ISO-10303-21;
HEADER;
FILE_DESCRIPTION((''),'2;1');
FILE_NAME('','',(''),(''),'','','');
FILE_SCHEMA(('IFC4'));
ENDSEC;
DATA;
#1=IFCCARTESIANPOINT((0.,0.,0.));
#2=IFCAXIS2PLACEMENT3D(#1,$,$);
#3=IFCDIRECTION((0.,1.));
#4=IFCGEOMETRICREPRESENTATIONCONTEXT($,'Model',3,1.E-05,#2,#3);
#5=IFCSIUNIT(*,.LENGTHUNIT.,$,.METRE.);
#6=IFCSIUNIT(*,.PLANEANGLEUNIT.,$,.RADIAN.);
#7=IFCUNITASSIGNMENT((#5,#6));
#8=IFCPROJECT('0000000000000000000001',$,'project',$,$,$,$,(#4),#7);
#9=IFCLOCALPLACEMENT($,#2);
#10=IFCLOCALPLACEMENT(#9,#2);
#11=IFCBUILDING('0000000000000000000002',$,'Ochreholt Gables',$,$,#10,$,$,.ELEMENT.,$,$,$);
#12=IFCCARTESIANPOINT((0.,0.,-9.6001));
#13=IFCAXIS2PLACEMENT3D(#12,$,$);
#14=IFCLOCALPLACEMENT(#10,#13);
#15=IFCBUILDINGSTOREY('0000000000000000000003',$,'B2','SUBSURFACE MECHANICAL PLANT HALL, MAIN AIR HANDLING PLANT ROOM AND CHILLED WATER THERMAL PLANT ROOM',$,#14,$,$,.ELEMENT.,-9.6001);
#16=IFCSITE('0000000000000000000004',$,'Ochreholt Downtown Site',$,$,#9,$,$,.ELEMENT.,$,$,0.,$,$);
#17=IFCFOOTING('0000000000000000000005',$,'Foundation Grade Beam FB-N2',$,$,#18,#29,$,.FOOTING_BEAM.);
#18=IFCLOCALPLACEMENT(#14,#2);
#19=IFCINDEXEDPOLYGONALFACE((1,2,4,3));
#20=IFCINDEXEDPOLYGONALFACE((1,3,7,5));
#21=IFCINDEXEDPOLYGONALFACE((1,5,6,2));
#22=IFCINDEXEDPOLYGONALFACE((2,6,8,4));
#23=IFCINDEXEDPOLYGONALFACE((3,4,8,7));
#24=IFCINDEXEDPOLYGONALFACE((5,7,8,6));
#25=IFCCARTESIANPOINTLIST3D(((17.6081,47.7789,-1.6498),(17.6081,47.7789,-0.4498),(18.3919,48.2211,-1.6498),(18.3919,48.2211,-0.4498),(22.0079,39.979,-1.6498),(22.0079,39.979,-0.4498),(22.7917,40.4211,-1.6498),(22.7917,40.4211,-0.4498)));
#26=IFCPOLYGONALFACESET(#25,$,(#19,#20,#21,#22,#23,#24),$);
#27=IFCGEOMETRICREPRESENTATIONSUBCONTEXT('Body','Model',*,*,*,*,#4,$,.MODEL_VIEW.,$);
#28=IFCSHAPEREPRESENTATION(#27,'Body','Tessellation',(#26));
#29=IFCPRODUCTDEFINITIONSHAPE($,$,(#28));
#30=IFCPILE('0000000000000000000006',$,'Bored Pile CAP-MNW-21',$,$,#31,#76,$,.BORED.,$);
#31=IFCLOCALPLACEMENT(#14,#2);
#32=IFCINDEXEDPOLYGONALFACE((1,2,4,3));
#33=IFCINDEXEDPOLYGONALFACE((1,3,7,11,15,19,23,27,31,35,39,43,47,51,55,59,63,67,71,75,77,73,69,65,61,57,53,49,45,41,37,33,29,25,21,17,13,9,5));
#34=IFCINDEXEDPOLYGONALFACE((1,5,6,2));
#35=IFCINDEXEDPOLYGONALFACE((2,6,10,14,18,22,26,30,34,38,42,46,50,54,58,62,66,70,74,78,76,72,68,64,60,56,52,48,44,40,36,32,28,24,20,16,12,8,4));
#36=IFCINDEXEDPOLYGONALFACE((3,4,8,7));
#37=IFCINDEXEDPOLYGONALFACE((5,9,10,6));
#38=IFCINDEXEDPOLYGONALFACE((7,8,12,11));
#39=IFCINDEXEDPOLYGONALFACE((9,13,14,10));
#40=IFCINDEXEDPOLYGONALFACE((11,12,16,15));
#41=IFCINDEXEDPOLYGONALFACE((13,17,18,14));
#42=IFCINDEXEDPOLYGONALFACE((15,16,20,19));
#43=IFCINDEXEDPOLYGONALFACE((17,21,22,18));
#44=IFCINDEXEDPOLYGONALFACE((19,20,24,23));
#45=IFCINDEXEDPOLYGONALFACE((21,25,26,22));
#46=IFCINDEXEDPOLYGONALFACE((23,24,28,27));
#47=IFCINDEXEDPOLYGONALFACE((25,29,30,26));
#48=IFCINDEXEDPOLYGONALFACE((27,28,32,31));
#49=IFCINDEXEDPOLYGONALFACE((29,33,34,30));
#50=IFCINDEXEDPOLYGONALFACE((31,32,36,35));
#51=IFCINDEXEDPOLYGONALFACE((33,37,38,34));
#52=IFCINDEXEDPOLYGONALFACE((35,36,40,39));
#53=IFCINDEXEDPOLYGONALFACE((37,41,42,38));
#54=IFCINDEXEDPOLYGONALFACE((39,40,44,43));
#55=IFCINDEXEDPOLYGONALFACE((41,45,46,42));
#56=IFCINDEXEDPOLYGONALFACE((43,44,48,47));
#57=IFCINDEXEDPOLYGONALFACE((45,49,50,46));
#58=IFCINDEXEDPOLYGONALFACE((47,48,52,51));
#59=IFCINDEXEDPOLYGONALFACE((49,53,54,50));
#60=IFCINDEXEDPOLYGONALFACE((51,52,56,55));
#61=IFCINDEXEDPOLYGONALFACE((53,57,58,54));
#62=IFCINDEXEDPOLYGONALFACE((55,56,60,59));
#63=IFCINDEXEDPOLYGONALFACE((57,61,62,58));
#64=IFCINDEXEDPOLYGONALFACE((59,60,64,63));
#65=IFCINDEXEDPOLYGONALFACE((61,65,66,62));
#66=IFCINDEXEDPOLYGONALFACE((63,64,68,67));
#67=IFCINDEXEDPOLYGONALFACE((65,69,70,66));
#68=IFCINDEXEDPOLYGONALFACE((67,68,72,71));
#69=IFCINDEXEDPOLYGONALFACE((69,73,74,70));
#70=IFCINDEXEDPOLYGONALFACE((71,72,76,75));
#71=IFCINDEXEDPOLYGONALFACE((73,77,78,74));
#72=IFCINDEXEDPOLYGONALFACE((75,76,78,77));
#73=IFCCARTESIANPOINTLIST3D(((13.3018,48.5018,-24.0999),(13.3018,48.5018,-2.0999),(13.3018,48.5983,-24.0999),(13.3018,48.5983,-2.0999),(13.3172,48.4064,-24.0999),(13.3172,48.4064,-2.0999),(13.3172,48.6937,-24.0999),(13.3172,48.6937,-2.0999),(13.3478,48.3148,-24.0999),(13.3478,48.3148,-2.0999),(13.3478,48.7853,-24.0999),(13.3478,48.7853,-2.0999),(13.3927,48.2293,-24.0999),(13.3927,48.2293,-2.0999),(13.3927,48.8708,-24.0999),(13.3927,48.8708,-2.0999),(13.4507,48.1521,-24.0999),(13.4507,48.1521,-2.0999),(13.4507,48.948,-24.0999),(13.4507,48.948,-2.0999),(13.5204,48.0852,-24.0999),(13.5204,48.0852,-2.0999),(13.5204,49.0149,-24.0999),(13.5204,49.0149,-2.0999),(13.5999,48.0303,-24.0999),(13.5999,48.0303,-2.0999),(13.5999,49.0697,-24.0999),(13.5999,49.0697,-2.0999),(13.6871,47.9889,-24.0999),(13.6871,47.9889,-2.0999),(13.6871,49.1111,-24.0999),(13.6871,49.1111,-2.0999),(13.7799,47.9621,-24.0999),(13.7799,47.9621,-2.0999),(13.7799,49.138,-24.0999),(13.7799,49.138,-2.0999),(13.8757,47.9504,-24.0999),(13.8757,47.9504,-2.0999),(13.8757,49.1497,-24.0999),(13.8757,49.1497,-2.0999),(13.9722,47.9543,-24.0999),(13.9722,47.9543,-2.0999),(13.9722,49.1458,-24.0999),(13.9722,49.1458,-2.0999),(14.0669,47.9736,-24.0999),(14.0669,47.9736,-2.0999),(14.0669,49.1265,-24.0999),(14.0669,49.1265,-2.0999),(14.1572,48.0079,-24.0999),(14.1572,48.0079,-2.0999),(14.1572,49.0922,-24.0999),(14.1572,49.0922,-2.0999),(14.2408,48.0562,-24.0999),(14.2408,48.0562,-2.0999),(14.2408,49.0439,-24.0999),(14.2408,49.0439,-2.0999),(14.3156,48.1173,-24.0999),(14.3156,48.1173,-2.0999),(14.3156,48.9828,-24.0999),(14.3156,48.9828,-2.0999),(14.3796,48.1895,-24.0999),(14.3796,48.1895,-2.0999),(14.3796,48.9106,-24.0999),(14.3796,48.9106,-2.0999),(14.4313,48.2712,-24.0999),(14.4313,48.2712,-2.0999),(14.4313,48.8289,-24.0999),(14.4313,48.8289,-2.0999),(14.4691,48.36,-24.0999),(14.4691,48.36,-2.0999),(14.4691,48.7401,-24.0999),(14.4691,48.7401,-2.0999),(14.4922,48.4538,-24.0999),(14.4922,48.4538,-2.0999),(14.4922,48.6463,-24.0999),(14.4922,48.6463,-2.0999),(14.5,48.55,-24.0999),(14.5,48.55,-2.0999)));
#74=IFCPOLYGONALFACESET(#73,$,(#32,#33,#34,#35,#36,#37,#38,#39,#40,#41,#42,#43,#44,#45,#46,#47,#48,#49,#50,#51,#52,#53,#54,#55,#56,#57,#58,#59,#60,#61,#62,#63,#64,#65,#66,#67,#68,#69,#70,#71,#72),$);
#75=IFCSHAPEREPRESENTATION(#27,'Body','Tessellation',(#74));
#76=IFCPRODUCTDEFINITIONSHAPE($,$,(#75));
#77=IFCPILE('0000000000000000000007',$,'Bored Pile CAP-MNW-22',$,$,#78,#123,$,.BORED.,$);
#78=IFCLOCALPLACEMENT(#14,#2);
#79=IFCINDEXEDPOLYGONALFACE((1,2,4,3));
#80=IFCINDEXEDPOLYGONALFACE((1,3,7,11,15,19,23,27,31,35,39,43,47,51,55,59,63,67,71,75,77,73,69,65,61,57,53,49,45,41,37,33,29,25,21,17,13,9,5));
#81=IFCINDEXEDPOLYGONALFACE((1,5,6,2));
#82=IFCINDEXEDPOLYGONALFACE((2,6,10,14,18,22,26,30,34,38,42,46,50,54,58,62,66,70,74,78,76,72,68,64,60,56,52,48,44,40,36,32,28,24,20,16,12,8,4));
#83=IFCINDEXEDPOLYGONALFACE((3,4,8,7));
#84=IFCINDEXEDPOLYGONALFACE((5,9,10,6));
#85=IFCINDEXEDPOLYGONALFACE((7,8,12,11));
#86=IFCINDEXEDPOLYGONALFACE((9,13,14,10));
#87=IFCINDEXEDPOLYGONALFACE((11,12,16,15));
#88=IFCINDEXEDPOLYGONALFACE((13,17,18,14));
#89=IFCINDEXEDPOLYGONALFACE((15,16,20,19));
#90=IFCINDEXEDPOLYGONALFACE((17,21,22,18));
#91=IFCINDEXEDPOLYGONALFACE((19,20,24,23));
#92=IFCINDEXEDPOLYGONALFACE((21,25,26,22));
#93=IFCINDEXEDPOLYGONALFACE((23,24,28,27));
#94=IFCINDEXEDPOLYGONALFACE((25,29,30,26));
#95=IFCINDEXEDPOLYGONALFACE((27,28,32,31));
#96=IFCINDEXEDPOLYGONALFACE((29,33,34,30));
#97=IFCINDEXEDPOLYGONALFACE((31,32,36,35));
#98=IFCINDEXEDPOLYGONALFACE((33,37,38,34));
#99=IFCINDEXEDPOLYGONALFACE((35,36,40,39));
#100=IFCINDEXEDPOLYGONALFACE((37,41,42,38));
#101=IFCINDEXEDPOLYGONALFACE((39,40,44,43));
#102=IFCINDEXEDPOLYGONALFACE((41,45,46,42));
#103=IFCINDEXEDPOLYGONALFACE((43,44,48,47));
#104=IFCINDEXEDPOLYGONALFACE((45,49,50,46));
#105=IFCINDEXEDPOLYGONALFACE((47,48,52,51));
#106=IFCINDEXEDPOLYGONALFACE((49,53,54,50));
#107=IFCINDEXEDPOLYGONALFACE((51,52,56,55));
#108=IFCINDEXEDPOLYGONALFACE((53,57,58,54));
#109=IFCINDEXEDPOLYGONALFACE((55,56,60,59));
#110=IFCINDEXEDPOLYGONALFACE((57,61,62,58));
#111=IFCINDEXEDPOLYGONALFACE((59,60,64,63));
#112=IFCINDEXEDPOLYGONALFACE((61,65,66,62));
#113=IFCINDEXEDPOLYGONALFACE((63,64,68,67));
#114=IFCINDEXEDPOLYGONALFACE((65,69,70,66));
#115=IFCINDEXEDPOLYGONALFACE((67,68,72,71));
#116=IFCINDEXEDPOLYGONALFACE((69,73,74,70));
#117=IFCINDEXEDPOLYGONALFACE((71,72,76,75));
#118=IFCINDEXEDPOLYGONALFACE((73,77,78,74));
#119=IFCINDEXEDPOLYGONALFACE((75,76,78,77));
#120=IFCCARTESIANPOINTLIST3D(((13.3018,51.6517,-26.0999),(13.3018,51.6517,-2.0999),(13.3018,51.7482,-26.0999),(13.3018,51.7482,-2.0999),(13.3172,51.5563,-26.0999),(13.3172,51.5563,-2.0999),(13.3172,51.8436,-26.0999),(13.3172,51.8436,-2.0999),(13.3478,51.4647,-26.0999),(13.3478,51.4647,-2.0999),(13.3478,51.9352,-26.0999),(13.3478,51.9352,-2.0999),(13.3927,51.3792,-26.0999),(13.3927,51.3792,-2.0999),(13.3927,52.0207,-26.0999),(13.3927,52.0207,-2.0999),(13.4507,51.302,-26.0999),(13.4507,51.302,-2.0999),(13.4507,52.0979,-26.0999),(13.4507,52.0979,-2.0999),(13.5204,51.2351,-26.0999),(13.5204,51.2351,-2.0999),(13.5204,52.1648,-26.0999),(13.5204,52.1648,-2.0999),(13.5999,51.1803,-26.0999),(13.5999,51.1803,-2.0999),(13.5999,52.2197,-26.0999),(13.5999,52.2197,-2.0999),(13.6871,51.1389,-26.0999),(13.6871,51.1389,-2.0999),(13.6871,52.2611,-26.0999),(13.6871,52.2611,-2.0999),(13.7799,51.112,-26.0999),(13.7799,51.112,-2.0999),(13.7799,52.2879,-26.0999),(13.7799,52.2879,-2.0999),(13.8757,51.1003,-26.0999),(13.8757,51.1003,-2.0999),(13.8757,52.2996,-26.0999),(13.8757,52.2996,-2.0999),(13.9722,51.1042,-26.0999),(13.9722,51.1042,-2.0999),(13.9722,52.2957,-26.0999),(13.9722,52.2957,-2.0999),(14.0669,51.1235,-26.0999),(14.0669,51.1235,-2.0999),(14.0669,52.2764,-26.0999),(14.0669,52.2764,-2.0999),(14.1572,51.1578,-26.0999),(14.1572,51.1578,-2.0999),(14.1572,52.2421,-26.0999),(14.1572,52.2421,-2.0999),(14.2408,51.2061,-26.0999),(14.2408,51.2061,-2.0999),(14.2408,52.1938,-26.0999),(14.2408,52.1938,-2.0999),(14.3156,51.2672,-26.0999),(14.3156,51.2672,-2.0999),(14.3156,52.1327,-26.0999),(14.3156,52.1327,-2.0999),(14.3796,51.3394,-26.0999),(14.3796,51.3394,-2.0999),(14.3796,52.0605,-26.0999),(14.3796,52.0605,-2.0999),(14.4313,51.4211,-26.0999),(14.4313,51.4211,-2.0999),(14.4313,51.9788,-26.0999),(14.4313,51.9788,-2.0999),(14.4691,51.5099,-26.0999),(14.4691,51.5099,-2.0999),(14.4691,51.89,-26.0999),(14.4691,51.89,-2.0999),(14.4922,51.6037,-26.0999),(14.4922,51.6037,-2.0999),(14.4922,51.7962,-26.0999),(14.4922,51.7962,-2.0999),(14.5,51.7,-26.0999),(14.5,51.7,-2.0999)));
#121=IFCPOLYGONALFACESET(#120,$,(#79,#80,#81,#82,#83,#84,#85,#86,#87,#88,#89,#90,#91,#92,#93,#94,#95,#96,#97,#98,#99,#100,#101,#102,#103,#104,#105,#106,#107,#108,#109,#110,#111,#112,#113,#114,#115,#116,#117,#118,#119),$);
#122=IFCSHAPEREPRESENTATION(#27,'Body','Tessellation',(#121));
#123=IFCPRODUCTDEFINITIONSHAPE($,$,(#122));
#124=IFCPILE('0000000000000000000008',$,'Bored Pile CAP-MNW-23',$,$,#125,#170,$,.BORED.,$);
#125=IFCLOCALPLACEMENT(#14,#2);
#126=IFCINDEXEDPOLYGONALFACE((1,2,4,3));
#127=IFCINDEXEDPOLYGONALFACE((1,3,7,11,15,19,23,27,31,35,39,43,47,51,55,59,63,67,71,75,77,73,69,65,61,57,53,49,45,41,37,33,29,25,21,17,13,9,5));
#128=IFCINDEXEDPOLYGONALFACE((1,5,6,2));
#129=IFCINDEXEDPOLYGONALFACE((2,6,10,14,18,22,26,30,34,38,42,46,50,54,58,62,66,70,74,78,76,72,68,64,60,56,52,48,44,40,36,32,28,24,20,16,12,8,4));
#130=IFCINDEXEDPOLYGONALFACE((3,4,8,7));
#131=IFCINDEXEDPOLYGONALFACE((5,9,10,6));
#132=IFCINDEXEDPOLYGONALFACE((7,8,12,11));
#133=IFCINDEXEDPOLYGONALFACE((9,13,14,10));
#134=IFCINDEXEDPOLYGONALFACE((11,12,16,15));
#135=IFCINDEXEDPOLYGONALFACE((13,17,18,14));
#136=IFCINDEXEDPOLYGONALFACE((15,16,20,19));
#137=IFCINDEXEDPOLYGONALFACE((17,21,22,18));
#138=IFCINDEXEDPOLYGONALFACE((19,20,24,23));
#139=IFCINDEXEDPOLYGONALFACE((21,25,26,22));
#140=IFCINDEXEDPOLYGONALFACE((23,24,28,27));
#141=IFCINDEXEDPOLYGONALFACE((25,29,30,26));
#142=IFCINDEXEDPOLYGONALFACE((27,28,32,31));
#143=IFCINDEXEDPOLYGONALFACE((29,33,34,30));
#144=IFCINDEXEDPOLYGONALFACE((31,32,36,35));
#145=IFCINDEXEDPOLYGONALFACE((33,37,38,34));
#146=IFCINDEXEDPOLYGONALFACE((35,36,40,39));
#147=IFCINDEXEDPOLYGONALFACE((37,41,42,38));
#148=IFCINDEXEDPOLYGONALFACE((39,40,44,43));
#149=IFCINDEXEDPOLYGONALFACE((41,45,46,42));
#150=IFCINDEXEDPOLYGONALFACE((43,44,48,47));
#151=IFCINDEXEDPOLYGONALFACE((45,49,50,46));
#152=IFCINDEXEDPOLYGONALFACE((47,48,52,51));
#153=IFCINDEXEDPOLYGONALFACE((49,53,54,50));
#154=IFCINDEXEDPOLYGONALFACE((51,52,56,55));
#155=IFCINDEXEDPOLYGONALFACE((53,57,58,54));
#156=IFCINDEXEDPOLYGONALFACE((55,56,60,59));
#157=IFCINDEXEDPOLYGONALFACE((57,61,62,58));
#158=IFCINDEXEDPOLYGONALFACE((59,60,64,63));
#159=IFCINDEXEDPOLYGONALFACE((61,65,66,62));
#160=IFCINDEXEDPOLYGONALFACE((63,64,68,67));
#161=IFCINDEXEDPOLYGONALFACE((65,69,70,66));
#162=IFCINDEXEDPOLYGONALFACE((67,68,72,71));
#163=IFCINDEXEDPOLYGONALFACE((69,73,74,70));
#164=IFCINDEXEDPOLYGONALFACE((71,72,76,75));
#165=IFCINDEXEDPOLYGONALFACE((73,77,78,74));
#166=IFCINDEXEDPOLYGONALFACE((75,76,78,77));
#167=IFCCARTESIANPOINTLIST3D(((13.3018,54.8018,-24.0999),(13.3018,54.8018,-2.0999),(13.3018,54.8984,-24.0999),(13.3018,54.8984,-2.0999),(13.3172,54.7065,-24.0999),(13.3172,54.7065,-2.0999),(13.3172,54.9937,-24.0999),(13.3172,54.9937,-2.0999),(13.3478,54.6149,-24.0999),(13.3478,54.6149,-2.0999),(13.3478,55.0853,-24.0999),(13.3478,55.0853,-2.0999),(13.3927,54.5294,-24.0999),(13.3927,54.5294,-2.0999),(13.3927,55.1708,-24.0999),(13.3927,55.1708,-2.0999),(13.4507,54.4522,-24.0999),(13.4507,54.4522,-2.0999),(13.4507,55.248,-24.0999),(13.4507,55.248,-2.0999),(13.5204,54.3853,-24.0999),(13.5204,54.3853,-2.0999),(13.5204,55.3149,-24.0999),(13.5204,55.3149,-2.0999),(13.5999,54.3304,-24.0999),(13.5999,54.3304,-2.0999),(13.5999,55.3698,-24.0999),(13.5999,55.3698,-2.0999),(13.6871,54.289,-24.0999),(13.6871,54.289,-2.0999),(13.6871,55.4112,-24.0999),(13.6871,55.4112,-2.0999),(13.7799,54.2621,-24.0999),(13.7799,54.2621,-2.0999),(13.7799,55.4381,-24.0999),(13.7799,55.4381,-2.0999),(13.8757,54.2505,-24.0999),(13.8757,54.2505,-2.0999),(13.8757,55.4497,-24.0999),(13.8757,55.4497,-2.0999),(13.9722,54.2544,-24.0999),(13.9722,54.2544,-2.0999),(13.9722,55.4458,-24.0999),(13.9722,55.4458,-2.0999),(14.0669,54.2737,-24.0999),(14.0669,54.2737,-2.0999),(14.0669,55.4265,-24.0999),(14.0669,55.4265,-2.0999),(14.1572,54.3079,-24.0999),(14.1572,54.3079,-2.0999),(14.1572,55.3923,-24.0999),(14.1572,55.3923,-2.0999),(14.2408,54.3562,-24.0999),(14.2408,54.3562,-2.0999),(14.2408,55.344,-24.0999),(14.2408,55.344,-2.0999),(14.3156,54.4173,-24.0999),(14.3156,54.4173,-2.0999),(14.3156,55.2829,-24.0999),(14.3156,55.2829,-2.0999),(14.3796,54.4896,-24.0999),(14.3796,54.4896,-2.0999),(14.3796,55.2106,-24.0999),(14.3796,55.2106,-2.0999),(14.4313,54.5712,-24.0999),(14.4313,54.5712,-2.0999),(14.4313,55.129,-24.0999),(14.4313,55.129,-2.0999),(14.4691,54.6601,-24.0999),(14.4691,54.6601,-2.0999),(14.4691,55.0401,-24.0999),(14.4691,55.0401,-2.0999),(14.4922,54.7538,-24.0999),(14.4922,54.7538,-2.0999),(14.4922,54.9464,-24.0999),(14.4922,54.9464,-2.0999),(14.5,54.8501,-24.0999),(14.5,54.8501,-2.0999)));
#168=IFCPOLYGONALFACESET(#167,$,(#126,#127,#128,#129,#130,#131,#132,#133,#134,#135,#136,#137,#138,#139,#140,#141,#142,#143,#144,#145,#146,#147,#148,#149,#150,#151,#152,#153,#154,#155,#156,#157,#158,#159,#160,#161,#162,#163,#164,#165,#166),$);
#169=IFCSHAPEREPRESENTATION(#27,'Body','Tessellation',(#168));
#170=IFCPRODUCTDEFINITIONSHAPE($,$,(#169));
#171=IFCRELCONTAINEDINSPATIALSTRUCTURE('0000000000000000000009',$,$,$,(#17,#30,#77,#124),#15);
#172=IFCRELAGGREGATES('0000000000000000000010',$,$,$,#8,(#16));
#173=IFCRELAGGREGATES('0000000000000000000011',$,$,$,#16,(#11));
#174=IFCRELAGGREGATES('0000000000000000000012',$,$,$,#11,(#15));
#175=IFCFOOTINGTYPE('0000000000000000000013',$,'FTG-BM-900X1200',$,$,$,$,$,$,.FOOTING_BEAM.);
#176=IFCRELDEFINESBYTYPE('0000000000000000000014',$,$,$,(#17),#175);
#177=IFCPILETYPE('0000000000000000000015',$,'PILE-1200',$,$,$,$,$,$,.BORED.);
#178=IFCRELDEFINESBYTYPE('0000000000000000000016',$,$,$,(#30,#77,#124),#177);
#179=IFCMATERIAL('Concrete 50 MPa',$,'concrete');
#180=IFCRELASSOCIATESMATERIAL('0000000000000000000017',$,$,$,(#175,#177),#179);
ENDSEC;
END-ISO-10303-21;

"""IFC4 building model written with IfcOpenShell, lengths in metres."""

from ifc_helpers import new_model, si_unit, direction, frame, origin, origin_2d, place, context, subcontext, project, spatial, rectangle, circle, extrude, material, material_profile, profile_set, type_object, element, save


model = new_model("IFC4")

# Units and contexts
model_context = context("Model", 3, precision=1e-05, world=origin(), true_north=direction((0.0, 1.0)))
body_context = subcontext(model_context, "Body", "Model", "MODEL_VIEW")
ifc_project = project(units=[si_unit("LENGTHUNIT", "METRE"), si_unit("PLANEANGLEUNIT", "RADIAN")], contexts=[model_context])

# Site, building, storey
site_placement = place(None, origin())
site = spatial("IfcSite", under=ifc_project, at=site_placement, Name="Ochreholt Downtown Site", CompositionType="ELEMENT", RefElevation=0.0)
building_placement = place(site_placement, origin())
building = spatial("IfcBuilding", under=site, at=building_placement, Name="Ochreholt Gables", CompositionType="ELEMENT")
storey_placement = place(building_placement, frame((0.0, 0.0, -9.6001)))
storey = spatial("IfcBuildingStorey", under=building, at=storey_placement, Name="B2", Description="SUBSURFACE MECHANICAL PLANT HALL, MAIN AIR HANDLING PLANT ROOM AND CHILLED WATER THERMAL PLANT ROOM", CompositionType="ELEMENT", Elevation=-9.6001)

# Footing
ifc_material_1 = material(Name="Concrete 50 MPa", Category="concrete")
ifc_material_profile_1 = material_profile(ifc_material_1, rectangle(XDim=0.8999, YDim=1.2, at=origin_2d()), Name="FB900X1200")
ifc_profile_set_1 = profile_set([ifc_material_profile_1], Name="Concrete 50 MPa")
footing_type = type_object("IfcFootingType", Name="FTG-BM-900X1200", PredefinedType="FOOTING_BEAM", material=ifc_profile_set_1)
footing_placement = place(storey_placement, frame((18.0, 48.0, -1.0498), z_axis=(0.491311, -0.870984, 0.0), x_axis=(0.870984, 0.491311, 0.0)))
element("IfcFooting", 1, at=footing_placement, inside=storey, type_object=footing_type, Name="Foundation Grade Beam FB-N2", PredefinedType="FOOTING_BEAM", context=body_context, shape_type="SweptSolid", body=[
    extrude(rectangle(XDim=0.8999, YDim=1.2, at=origin_2d()), origin(), (0.0, 0.0, 1.0), 8.9553),
])

# Piles
ifc_material_profile_2 = material_profile(ifc_material_1, circle(Radius=0.6001, at=origin_2d()), Name="PILE1200")
ifc_profile_set_2 = profile_set([ifc_material_profile_2], Name="Concrete 50 MPa")
pile_type_1 = type_object("IfcPileType", Name="PILE-1200", PredefinedType="BORED", material=ifc_profile_set_2)
pile_1_placement = place(storey_placement, frame((13.8999, 48.55, -2.0999), z_axis=(0.0, 0.0, -1.0), x_axis=(1.0, 0.0, 0.0)))
element("IfcPile", 2, at=pile_1_placement, inside=storey, type_object=pile_type_1, Name="Bored Pile CAP-MNW-21", PredefinedType="BORED", context=body_context, shape_type="SweptSolid", body=[
    extrude(circle(Radius=0.6001, at=origin_2d()), origin(), (0.0, 0.0, 1.0), 22.0),
])
pile_2_placement = place(storey_placement, frame((13.8999, 51.7, -2.0999), z_axis=(0.0, 0.0, -1.0), x_axis=(1.0, 0.0, 0.0)))
element("IfcPile", 3, at=pile_2_placement, inside=storey, type_object=pile_type_1, Name="Bored Pile CAP-MNW-22", PredefinedType="BORED", context=body_context, shape_type="SweptSolid", body=[
    extrude(circle(Radius=0.6001, at=origin_2d()), origin(), (0.0, 0.0, 1.0), 24.0),
])
pile_3_placement = place(storey_placement, frame((13.8999, 54.8501, -2.0999), z_axis=(0.0, 0.0, -1.0), x_axis=(1.0, 0.0, 0.0)))
element("IfcPile", 4, at=pile_3_placement, inside=storey, type_object=pile_type_1, Name="Bored Pile CAP-MNW-23", PredefinedType="BORED", context=body_context, shape_type="SweptSolid", body=[
    extrude(circle(Radius=0.6001, at=origin_2d()), origin(), (0.0, 0.0, 1.0), 22.0),
])

save(model, "model.ifc")
